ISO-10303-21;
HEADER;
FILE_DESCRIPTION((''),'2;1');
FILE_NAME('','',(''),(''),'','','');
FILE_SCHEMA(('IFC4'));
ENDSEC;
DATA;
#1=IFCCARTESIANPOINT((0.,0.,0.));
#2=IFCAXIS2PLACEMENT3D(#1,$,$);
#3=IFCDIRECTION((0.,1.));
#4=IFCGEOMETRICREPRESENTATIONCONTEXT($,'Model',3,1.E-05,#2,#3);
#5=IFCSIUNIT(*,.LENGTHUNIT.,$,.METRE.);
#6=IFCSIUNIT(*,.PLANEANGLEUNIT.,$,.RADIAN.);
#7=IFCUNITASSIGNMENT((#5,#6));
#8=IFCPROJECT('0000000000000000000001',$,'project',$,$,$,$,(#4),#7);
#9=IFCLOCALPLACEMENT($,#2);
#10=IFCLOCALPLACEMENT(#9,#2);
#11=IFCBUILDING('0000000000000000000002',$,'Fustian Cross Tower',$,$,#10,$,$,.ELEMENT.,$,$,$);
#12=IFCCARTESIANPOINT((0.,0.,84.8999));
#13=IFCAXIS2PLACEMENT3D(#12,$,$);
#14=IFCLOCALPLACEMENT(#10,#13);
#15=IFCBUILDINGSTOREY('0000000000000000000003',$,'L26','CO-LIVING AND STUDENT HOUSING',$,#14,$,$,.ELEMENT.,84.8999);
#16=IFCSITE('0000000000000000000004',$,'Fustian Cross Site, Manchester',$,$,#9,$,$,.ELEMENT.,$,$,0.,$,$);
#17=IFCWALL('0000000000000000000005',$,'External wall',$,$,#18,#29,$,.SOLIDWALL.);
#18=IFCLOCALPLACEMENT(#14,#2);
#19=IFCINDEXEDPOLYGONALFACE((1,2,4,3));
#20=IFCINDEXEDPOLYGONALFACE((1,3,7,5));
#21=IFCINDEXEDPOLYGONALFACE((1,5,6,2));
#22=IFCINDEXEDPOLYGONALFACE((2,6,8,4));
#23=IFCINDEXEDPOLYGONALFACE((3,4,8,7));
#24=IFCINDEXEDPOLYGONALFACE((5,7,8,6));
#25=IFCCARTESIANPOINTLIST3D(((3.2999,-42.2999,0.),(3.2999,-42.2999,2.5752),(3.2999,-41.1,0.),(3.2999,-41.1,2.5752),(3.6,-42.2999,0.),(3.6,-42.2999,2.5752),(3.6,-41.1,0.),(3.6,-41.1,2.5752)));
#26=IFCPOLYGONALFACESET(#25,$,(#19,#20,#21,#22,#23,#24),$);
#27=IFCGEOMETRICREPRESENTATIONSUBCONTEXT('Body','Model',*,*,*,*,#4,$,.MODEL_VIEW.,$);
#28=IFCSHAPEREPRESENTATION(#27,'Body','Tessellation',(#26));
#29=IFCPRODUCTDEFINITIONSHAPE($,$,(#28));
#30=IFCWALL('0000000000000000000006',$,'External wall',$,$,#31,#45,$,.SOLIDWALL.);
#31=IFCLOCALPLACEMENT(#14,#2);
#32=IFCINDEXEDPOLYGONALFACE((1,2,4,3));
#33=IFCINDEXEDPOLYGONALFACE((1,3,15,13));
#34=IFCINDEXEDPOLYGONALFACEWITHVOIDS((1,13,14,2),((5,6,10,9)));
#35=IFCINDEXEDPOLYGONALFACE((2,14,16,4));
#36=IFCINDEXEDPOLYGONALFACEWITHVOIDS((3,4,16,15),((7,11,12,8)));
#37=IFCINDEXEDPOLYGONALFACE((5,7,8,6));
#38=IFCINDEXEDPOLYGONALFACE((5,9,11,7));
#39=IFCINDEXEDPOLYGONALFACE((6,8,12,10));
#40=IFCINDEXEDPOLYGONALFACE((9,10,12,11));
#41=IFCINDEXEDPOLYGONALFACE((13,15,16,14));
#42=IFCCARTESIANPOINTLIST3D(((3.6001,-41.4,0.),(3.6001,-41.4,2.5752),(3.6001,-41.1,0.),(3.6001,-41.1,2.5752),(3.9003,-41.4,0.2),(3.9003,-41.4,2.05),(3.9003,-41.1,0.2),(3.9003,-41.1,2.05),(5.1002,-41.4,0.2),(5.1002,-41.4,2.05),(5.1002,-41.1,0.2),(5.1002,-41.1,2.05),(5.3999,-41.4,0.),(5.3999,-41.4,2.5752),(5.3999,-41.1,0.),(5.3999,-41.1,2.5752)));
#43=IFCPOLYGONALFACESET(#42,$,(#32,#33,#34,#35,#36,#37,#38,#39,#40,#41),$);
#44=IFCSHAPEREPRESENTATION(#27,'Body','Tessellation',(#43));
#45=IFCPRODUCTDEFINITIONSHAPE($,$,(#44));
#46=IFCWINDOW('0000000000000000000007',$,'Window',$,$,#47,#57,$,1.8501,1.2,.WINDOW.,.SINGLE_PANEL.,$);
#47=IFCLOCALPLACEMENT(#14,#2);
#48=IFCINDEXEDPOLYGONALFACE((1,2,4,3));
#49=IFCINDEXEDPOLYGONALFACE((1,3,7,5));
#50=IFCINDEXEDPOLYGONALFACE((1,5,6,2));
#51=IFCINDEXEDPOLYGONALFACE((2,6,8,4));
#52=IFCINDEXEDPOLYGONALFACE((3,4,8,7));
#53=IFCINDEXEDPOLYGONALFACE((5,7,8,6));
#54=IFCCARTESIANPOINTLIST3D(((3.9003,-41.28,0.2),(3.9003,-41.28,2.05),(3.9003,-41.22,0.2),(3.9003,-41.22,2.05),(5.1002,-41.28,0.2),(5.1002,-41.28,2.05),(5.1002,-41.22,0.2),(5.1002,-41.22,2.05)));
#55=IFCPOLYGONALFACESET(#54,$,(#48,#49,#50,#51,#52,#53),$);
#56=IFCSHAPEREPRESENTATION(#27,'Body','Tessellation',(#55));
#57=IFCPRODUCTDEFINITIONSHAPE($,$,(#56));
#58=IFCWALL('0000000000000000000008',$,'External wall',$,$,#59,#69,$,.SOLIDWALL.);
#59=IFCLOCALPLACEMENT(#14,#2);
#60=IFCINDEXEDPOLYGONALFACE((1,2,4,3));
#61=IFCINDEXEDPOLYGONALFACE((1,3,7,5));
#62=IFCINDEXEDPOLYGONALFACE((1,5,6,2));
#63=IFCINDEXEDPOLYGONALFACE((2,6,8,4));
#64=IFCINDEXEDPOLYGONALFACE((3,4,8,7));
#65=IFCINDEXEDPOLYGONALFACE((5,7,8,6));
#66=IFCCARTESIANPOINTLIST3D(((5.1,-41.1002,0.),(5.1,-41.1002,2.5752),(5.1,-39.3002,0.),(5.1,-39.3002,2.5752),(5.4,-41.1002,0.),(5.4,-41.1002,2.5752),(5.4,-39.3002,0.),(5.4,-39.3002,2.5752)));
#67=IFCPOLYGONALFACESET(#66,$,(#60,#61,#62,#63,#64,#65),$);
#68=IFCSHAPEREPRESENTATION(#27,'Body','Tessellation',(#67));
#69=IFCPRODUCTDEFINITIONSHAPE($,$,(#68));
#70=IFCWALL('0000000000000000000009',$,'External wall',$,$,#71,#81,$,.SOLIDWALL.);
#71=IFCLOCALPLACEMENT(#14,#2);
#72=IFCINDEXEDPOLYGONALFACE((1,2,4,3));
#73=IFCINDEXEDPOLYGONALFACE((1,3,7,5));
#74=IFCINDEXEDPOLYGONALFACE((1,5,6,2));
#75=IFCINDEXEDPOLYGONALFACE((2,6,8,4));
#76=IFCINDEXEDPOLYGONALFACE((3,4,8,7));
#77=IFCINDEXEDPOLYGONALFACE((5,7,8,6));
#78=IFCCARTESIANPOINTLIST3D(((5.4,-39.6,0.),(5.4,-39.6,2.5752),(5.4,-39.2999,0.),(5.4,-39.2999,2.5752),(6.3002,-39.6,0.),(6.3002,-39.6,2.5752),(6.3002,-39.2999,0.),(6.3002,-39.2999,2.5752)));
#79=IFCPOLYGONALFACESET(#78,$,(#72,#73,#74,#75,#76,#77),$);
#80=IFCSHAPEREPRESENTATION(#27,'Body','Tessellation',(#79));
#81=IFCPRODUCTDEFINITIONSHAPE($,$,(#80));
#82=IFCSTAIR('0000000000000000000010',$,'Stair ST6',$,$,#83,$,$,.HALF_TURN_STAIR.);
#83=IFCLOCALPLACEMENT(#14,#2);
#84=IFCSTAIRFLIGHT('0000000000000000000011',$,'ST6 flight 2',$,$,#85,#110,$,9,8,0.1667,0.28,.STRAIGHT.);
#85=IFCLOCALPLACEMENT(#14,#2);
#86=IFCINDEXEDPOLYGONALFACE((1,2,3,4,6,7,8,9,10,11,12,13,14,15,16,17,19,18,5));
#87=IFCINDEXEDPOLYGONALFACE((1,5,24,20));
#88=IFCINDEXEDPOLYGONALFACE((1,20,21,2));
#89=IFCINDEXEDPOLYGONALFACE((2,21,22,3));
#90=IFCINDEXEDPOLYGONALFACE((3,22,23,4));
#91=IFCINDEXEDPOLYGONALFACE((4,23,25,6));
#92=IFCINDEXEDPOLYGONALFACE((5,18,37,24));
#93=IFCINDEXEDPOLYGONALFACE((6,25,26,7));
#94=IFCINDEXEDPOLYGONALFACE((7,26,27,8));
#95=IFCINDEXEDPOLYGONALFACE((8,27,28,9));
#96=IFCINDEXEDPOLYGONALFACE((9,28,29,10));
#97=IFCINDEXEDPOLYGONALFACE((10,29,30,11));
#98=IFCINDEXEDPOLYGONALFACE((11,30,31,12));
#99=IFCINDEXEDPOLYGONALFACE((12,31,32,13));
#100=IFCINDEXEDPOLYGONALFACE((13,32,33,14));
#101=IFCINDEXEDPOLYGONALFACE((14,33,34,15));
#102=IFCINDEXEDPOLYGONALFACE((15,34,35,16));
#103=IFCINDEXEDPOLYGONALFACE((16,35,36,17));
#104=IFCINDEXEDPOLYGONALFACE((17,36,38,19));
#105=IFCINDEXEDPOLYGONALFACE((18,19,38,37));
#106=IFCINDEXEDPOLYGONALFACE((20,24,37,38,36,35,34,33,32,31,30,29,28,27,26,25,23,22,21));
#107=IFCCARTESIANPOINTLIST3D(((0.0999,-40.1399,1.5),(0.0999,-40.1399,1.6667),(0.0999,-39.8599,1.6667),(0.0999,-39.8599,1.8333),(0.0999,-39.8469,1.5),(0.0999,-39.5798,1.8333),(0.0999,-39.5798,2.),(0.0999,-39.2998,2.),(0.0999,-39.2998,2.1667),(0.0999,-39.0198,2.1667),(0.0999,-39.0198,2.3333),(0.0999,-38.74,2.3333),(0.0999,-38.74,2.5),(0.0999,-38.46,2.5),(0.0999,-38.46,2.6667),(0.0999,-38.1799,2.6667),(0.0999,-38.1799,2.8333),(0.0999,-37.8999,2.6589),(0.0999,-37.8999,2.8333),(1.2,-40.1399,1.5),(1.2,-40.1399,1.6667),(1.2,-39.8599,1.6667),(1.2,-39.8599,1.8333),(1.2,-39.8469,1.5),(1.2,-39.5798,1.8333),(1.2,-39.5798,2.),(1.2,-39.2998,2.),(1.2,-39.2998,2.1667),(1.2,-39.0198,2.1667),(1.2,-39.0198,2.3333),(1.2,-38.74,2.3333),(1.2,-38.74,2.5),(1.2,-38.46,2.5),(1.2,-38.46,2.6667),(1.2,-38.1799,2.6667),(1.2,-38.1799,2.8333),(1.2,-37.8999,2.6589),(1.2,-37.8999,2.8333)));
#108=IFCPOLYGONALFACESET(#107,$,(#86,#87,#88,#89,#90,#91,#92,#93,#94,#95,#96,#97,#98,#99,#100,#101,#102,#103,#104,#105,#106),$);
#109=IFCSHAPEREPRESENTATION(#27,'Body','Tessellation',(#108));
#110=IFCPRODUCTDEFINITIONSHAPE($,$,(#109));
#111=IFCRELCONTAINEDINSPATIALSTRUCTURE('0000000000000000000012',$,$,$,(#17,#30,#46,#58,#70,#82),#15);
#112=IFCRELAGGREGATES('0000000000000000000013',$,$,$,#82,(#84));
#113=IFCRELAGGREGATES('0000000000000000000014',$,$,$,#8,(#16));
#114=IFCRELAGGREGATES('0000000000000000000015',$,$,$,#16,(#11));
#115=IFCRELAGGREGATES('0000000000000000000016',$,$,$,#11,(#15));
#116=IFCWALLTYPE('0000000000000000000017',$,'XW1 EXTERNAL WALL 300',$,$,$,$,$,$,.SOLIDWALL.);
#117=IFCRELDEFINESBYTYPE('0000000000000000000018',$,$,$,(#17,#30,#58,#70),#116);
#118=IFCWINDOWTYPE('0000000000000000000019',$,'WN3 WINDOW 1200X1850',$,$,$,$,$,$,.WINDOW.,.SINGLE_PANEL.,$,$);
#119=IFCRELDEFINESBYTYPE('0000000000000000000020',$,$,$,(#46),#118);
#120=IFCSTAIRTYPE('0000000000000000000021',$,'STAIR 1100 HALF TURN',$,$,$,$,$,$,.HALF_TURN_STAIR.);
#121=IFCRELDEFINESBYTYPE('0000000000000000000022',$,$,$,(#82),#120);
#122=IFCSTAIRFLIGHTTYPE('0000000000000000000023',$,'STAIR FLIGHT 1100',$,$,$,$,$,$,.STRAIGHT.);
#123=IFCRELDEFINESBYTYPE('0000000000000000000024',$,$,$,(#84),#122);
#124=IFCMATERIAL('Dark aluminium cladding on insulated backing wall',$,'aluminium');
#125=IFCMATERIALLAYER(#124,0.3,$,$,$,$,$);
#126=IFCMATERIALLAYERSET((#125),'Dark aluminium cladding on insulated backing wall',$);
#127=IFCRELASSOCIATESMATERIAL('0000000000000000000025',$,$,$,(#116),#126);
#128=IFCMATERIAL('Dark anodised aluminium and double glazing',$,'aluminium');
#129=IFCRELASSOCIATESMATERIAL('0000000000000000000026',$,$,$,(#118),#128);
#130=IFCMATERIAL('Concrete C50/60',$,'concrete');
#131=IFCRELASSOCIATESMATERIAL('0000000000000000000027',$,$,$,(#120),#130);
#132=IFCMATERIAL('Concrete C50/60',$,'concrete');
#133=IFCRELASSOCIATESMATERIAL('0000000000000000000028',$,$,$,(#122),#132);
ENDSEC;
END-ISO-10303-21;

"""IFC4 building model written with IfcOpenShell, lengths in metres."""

from ifc_helpers import new_model, si_unit, direction, frame, frame_2d, origin, place, context, subcontext, project, spatial, polyline, rectangle, outline, extrude, material, layer, layer_set, type_object, element, fill, aggregate, save


model = new_model("IFC4")

# Units and contexts
model_context = context("Model", 3, precision=1e-05, world=origin(), true_north=direction((0.0, 1.0)))
body_context = subcontext(model_context, "Body", "Model", "MODEL_VIEW")
ifc_project = project(units=[si_unit("LENGTHUNIT", "METRE"), si_unit("PLANEANGLEUNIT", "RADIAN")], contexts=[model_context])

# Site, building, storey
site_placement = place(None, origin())
site = spatial("IfcSite", under=ifc_project, at=site_placement, Name="Fustian Cross Site, Manchester", CompositionType="ELEMENT", RefElevation=0.0)
building_placement = place(site_placement, origin())
building = spatial("IfcBuilding", under=site, at=building_placement, Name="Fustian Cross Tower", CompositionType="ELEMENT")
storey_placement = place(building_placement, frame((0.0, 0.0, 84.8999)))
storey = spatial("IfcBuildingStorey", under=building, at=storey_placement, Name="L26", Description="CO-LIVING AND STUDENT HOUSING", CompositionType="ELEMENT", Elevation=84.8999)

# Wall
ifc_material_1 = material(Name="Dark aluminium cladding on insulated backing wall", Category="aluminium")
ifc_layer_1 = layer(ifc_material_1, 0.3)
ifc_layer_set_1 = layer_set([ifc_layer_1], Name="Dark aluminium cladding on insulated backing wall")
wall_type_1 = type_object("IfcWallType", Name="XW1 EXTERNAL WALL 300", PredefinedType="SOLIDWALL", material=ifc_layer_set_1)
wall_1_placement = place(storey_placement, frame((3.45, -42.3, 0.0), z_axis=(0.0, 0.0, 1.0), x_axis=(0.0, 1.0, 0.0)))
element("IfcWall", 1, at=wall_1_placement, inside=storey, type_object=wall_type_1, Name="External wall", PredefinedType="SOLIDWALL", context=body_context, shape_type="SweptSolid", body=[
    extrude(rectangle(XDim=1.2, YDim=0.3, at=frame_2d((0.6001, 0.0))), origin(), (0.0, 0.0, 1.0), 2.5752),
])

# Wall, opening, window
wall_2_placement = place(storey_placement, frame((3.6001, -41.25, 0.0), z_axis=(0.0, 0.0, 1.0), x_axis=(1.0, 0.0, 0.0)))
wall_2 = element("IfcWall", 2, at=wall_2_placement, inside=storey, type_object=wall_type_1, Name="External wall", PredefinedType="SOLIDWALL", context=body_context, shape_type="SweptSolid", body=[
    extrude(rectangle(XDim=1.7998, YDim=0.3, at=frame_2d((0.8999, 0.0))), origin(), (0.0, 0.0, 1.0), 2.5752),
])
opening_1_placement = place(wall_2_placement, frame((0.3, 0.0, 0.2)))
opening_1 = element("IfcOpeningElement", 3, at=opening_1_placement, cuts=wall_2, PredefinedType="OPENING", context=body_context, shape_type="SweptSolid", body=[
    extrude(rectangle(XDim=1.2, YDim=1.8501, at=frame_2d((0.6001, 0.925))), frame((0.0, 0.1599, 0.0), z_axis=(0.0, -1.0, 0.0), x_axis=(1.0, 0.0, 0.0)), (0.0, 0.0, 1.0), 0.3201),
])
ifc_material_2 = material(Name="Dark anodised aluminium and double glazing", Category="aluminium")
window_type = type_object("IfcWindowType", Name="WN3 WINDOW 1200X1850", PartitioningType="SINGLE_PANEL", PredefinedType="WINDOW", material=ifc_material_2)
window_placement = place(opening_1_placement, origin())
window = element("IfcWindow", 4, at=window_placement, inside=storey, type_object=window_type, Name="Window", OverallHeight=1.8501, OverallWidth=1.2, PartitioningType="SINGLE_PANEL", PredefinedType="WINDOW", context=body_context, shape_type="SweptSolid", body=[
    extrude(rectangle(XDim=1.2, YDim=1.8501, at=frame_2d((0.6001, 0.925))), frame((0.0, 0.03, 0.0), z_axis=(0.0, -1.0, 0.0), x_axis=(1.0, 0.0, 0.0)), (0.0, 0.0, 1.0), 0.0601),
])
fill(opening_1, window)

# Walls
wall_3_placement = place(storey_placement, frame((5.25, -41.1001, 0.0), z_axis=(0.0, 0.0, 1.0), x_axis=(0.0, 1.0, 0.0)))
element("IfcWall", 5, at=wall_3_placement, inside=storey, type_object=wall_type_1, Name="External wall", PredefinedType="SOLIDWALL", context=body_context, shape_type="SweptSolid", body=[
    extrude(rectangle(XDim=1.8, YDim=0.3, at=frame_2d((0.8999, 0.0))), origin(), (0.0, 0.0, 1.0), 2.5752),
])
wall_4_placement = place(storey_placement, frame((5.3999, -39.45, 0.0), z_axis=(0.0, 0.0, 1.0), x_axis=(1.0, 0.0, 0.0)))
element("IfcWall", 6, at=wall_4_placement, inside=storey, type_object=wall_type_1, Name="External wall", PredefinedType="SOLIDWALL", context=body_context, shape_type="SweptSolid", body=[
    extrude(rectangle(XDim=0.9001, YDim=0.3, at=frame_2d((0.4502, 0.0))), origin(), (0.0, 0.0, 1.0), 2.5752),
])

# Stair, stair flight
ifc_material_3 = material(Name="Concrete C50/60", Category="concrete")
stair_type = type_object("IfcStairType", Name="STAIR 1100 HALF TURN", PredefinedType="HALF_TURN_STAIR", material=ifc_material_3)
stair_placement = place(storey_placement, origin())
stair = element("IfcStair", 7, at=stair_placement, inside=storey, type_object=stair_type, Name="Stair ST6", PredefinedType="HALF_TURN_STAIR")
ifc_material_4 = material(Name="Concrete C50/60", Category="concrete")
stair_flight_type = type_object("IfcStairFlightType", Name="STAIR FLIGHT 1100", PredefinedType="STRAIGHT", material=ifc_material_4)
stair_flight_placement = place(storey_placement, frame((0.6499, -40.1399, 1.5), z_axis=(0.0, 0.0, 1.0), x_axis=(0.0, 1.0, 0.0)))
stair_flight = element("IfcStairFlight", 8, at=stair_flight_placement, type_object=stair_flight_type, Name="ST6 flight 2", NumberOfRisers=9, NumberOfTreads=8, PredefinedType="STRAIGHT", RiserHeight=0.1667, TreadLength=0.28, context=body_context, shape_type="SweptSolid", body=[
    extrude(outline(polyline([(0.0, 0.0), (0.0, 0.1667), (0.28, 0.1667), (0.28, 0.3333), (0.5601, 0.3333), (0.5601, 0.5), (0.8401, 0.5), (0.8401, 0.6667), (1.1201, 0.6667), (1.1201, 0.8333), (1.3999, 0.8333), (1.3999, 1.0), (1.6799, 1.0), (1.6799, 1.1667), (1.96, 1.1667), (1.96, 1.3333), (2.24, 1.3333), (2.24, 1.5), (2.24, 1.1589), (0.293, 0.0), (0.0, 0.0)])), frame((0.0, 0.55, 0.0), z_axis=(0.0, -1.0, 0.0), x_axis=(1.0, 0.0, 0.0)), (0.0, 0.0, 1.0), 1.1001),
])
aggregate(stair, [stair_flight])

save(model, "model.ifc")
